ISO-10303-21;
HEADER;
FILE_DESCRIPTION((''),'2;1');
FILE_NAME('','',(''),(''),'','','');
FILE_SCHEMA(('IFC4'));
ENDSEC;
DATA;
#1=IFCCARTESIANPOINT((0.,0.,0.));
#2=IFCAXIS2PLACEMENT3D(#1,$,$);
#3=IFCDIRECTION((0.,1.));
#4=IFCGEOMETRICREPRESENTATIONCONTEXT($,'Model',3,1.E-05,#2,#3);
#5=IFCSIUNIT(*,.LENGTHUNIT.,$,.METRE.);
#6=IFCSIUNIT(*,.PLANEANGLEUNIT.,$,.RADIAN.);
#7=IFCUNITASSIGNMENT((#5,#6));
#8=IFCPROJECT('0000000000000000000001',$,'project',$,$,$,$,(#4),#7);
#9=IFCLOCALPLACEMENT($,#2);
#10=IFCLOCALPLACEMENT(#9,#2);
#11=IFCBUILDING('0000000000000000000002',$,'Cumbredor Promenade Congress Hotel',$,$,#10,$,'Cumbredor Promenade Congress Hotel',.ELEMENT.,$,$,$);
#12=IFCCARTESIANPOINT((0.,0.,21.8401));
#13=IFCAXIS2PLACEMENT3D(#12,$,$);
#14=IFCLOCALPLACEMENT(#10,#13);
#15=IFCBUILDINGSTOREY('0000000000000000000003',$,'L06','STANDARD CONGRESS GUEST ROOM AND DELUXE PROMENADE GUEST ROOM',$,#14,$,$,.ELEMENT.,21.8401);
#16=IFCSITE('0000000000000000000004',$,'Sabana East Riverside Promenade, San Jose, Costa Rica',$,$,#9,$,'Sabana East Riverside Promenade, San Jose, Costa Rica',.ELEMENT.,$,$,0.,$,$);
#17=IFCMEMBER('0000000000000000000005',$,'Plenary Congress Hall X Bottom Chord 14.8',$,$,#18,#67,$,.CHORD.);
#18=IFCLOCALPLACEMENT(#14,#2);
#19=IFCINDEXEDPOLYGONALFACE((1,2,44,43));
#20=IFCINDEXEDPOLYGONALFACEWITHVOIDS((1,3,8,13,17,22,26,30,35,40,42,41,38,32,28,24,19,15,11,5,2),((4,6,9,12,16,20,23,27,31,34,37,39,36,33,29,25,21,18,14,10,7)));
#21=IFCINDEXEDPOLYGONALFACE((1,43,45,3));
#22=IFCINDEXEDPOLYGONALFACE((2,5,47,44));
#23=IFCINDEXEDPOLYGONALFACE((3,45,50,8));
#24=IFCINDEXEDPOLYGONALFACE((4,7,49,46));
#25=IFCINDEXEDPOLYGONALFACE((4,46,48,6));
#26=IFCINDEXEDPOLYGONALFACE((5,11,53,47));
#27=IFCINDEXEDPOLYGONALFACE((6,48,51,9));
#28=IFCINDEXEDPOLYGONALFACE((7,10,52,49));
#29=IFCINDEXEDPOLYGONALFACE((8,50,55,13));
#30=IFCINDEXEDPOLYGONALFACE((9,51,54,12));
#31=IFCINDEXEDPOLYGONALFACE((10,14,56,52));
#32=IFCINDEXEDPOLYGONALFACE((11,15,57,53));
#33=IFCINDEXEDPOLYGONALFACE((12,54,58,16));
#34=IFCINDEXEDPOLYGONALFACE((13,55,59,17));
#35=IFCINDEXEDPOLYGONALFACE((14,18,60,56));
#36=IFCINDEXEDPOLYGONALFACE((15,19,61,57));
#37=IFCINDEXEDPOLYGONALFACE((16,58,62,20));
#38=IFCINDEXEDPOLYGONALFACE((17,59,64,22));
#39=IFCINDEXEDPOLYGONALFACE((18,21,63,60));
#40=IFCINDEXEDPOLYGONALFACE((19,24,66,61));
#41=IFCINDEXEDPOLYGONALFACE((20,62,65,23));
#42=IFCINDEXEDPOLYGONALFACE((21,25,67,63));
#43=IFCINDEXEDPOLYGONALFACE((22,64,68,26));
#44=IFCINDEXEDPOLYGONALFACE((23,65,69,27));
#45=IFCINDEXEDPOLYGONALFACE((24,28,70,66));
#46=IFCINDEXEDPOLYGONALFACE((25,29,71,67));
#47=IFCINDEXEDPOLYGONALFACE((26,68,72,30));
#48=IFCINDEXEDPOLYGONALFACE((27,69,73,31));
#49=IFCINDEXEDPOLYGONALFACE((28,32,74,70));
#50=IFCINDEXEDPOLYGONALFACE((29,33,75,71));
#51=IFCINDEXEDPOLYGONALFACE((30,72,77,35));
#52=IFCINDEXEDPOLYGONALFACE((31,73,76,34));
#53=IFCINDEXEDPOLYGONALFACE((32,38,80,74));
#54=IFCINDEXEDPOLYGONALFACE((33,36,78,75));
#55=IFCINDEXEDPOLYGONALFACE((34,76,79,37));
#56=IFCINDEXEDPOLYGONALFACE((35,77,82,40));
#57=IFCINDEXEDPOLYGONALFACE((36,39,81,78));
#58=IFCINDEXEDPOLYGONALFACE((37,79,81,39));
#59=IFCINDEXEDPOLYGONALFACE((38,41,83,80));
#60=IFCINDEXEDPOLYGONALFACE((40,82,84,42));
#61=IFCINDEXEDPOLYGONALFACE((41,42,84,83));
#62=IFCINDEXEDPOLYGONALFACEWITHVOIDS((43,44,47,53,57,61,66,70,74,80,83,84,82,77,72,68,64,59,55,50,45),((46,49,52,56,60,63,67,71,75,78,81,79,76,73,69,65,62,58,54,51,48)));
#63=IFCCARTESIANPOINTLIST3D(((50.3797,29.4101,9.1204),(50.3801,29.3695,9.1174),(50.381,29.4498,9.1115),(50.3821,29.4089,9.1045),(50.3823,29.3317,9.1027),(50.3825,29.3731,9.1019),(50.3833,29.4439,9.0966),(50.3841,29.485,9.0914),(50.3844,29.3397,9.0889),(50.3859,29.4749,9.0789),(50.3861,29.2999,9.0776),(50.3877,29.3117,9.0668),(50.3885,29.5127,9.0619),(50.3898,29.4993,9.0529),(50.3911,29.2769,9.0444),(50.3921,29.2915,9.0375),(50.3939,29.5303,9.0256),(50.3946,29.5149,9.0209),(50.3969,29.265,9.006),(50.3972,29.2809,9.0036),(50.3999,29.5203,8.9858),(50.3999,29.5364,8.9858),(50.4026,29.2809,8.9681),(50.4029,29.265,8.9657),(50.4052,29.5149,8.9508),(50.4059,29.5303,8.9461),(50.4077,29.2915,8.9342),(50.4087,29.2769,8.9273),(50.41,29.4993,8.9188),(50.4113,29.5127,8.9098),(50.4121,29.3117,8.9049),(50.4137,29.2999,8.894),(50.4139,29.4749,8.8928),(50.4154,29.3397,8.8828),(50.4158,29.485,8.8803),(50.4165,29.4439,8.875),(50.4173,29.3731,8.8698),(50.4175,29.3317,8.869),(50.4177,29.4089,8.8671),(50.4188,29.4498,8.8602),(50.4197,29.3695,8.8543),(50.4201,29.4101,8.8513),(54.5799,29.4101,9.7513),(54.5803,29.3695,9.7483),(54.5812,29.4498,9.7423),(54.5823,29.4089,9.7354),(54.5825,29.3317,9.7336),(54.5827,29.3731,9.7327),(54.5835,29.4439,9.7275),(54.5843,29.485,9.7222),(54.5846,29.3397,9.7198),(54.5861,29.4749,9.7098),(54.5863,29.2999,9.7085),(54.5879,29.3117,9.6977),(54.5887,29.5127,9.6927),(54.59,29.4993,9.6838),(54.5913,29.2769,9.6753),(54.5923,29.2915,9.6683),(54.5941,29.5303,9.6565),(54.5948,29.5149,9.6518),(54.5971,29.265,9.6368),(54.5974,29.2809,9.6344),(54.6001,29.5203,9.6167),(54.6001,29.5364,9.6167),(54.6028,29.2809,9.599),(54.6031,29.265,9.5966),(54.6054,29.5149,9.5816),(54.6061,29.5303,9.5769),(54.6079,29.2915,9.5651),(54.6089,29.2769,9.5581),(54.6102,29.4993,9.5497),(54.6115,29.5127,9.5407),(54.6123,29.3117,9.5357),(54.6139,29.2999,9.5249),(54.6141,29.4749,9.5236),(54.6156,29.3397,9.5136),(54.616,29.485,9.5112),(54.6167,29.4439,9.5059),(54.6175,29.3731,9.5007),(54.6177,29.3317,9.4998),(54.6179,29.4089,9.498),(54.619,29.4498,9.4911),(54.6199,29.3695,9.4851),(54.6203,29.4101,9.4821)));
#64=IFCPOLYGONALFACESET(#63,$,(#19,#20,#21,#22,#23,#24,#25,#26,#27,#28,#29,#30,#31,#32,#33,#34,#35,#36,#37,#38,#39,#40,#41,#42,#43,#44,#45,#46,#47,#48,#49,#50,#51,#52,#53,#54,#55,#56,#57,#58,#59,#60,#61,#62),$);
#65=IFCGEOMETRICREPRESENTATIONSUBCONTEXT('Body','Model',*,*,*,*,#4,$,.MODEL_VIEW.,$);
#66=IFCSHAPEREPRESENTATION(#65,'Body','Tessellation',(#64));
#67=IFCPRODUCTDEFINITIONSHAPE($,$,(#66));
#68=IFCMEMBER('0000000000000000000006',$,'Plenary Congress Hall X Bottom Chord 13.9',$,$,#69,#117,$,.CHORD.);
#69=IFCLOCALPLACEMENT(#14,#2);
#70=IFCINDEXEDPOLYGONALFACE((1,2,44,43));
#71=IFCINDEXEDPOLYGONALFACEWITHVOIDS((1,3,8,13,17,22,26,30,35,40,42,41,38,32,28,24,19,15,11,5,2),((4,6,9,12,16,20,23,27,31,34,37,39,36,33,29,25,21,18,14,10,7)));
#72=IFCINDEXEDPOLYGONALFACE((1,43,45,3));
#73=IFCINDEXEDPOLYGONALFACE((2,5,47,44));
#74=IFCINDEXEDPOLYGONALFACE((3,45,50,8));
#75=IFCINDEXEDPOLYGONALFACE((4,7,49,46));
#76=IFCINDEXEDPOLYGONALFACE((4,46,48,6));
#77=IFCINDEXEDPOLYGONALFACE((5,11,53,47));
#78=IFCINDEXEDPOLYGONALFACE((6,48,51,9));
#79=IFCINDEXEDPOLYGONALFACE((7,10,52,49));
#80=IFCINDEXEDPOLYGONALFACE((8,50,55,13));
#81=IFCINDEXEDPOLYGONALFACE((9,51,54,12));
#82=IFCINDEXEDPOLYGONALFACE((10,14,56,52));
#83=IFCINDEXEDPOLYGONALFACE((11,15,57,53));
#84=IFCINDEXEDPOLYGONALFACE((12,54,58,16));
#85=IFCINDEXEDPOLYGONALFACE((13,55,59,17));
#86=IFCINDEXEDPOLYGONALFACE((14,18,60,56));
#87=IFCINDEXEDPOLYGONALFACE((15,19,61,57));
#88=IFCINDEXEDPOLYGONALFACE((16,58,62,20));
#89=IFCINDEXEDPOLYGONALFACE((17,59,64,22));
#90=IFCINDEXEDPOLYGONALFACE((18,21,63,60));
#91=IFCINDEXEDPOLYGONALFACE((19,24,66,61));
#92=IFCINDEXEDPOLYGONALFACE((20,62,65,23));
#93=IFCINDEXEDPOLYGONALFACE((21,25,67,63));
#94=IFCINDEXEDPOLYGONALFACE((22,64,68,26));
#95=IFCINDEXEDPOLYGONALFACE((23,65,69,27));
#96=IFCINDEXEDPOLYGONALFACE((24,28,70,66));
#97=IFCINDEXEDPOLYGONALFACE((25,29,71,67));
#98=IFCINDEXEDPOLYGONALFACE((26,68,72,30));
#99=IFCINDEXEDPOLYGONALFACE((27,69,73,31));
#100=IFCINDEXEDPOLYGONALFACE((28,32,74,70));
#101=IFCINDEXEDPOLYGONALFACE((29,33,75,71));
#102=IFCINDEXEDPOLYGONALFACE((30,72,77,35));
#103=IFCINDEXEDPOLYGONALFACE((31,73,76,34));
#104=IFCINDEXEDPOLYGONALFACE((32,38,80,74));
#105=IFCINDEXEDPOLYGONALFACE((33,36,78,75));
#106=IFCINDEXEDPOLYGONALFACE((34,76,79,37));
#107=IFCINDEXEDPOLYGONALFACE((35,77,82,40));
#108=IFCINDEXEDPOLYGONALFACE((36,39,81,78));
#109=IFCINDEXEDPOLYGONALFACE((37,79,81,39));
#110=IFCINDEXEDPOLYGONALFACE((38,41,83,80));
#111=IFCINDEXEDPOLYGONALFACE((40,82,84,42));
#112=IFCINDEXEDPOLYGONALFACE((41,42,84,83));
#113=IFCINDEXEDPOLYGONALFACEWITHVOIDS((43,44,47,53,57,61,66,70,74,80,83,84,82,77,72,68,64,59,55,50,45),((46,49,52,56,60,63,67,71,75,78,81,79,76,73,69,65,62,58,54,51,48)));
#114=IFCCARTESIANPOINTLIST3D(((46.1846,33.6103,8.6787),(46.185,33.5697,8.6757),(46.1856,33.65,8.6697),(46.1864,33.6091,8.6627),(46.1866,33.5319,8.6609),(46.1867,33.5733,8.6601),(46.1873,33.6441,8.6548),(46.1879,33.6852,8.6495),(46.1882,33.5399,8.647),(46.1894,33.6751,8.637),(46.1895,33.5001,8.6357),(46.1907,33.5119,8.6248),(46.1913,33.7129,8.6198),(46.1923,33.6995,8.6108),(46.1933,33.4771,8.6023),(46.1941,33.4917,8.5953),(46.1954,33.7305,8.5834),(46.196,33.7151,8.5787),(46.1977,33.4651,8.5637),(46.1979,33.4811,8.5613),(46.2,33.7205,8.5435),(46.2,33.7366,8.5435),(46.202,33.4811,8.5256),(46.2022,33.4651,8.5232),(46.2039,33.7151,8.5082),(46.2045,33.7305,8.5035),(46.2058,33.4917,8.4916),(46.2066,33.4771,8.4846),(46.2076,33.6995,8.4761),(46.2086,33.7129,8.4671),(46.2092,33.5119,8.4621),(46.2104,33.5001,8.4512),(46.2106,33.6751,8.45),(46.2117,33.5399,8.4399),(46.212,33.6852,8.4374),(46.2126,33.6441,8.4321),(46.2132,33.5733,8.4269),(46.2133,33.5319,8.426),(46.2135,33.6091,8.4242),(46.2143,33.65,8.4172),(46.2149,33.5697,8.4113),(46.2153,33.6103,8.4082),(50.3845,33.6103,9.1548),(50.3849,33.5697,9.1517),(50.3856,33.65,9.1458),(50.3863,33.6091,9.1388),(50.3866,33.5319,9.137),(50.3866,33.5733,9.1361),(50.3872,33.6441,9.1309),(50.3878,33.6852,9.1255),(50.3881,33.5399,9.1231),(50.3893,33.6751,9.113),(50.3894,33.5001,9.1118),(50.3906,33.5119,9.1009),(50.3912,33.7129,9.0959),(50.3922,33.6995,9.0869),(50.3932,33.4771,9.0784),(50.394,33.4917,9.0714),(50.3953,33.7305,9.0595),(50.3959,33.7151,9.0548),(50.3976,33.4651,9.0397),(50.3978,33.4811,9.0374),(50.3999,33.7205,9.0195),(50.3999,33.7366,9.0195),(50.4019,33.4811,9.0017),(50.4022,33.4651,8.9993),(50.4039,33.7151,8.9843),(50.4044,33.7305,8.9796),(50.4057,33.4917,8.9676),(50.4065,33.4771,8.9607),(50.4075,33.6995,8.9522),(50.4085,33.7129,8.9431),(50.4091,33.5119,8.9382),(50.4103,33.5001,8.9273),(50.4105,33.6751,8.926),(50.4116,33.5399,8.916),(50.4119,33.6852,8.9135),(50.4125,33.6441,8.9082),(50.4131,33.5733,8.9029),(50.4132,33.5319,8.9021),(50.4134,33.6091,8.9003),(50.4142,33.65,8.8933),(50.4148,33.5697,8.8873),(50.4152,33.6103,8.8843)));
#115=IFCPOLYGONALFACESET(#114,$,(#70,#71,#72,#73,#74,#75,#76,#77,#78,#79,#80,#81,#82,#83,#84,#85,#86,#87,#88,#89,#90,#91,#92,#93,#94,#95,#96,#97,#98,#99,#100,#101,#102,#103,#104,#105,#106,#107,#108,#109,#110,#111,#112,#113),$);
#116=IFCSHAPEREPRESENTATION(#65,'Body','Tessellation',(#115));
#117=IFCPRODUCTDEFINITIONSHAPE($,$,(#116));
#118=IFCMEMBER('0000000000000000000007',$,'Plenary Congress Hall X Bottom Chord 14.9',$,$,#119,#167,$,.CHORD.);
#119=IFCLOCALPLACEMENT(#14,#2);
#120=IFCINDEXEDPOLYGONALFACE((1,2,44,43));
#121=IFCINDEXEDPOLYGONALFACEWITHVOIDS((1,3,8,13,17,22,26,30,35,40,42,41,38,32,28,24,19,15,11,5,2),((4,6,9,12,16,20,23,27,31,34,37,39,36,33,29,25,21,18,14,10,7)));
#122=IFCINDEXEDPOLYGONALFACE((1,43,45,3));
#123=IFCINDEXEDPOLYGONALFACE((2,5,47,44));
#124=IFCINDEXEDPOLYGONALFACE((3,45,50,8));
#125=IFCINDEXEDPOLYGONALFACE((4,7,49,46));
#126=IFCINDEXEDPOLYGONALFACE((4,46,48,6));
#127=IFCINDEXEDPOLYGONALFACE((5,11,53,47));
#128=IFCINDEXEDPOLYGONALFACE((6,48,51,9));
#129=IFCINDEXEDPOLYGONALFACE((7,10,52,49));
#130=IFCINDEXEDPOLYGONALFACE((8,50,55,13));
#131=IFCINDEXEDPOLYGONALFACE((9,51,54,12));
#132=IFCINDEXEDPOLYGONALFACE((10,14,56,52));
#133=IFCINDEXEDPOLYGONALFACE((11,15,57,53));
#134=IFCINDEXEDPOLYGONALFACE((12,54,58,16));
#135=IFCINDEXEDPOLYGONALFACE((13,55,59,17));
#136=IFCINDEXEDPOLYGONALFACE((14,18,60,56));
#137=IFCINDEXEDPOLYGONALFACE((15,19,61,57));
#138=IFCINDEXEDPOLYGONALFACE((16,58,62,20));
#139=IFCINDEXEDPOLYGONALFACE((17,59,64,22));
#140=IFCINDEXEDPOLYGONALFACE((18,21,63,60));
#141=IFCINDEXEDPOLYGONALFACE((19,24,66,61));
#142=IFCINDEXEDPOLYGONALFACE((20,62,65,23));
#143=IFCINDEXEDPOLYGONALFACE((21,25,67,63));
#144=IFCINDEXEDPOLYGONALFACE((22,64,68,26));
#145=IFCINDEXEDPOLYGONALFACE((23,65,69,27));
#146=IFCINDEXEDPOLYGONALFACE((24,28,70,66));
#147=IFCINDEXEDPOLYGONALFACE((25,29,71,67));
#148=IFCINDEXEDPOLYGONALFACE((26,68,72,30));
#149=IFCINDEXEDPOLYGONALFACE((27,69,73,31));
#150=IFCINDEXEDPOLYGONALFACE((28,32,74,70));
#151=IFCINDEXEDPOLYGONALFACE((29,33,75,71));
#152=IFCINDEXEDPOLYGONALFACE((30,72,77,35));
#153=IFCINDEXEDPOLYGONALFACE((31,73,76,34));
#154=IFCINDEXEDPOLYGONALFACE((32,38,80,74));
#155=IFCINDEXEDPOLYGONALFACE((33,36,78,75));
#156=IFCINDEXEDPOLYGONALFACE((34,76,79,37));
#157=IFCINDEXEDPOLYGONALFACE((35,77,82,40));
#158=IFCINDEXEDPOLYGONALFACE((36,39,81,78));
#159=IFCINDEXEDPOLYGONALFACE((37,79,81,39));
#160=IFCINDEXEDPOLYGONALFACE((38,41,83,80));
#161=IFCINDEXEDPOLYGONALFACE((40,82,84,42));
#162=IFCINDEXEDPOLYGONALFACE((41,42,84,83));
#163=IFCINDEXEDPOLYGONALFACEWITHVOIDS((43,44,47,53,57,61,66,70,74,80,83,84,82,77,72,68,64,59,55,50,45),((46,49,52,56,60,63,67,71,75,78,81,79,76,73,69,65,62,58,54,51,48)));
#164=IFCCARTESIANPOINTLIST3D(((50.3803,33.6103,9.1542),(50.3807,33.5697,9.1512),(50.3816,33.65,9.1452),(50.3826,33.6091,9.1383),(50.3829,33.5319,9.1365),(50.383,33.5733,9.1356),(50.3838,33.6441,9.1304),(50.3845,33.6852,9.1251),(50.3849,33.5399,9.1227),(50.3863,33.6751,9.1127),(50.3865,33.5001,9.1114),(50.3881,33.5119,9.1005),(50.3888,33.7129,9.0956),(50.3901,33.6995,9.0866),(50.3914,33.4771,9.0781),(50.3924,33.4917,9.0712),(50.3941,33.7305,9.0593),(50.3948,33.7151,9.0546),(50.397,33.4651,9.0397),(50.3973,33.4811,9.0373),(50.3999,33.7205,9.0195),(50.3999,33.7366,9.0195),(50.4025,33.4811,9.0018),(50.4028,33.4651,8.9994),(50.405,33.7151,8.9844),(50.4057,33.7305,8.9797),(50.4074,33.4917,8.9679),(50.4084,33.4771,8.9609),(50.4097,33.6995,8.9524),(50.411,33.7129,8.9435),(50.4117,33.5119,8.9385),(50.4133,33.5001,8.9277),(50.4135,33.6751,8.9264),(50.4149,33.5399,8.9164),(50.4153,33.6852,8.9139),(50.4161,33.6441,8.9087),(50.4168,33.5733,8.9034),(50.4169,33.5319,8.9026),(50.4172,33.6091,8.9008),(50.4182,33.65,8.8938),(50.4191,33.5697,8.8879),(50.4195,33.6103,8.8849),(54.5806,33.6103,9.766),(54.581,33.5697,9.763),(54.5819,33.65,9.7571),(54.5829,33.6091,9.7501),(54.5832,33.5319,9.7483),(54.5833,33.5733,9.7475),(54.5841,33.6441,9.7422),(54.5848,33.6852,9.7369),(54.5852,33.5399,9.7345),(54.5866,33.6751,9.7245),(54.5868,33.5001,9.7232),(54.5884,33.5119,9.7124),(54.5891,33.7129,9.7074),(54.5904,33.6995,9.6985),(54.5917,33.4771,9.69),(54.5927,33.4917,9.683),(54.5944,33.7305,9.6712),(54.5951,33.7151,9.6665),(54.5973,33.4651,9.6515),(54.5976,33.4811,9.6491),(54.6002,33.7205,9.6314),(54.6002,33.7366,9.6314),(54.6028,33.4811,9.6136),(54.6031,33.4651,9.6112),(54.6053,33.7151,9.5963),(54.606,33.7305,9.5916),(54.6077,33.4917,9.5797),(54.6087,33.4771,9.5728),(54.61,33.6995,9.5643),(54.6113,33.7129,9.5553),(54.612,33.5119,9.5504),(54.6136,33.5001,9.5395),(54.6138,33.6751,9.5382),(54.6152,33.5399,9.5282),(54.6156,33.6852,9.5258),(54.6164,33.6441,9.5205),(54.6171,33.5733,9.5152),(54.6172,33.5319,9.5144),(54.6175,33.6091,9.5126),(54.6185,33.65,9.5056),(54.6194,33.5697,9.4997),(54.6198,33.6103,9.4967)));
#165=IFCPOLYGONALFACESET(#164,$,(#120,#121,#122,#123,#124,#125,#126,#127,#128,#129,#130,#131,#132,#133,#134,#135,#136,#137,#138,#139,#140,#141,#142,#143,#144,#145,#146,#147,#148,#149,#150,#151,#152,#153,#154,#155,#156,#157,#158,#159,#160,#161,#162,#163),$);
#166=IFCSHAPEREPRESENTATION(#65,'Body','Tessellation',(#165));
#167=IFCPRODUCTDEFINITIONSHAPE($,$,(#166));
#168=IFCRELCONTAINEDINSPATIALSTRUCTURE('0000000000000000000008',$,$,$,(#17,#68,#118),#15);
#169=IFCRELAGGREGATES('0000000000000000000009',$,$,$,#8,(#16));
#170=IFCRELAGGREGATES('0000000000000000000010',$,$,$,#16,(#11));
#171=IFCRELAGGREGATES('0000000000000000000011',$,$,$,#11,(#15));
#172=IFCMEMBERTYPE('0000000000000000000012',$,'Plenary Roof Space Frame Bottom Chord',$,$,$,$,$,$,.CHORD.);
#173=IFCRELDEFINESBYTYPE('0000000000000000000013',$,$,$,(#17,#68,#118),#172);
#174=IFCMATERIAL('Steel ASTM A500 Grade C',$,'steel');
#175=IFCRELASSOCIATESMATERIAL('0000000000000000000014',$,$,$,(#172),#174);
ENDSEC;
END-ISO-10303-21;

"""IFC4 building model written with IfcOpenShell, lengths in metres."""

from ifc_helpers import new_model, si_unit, direction, frame, origin, origin_2d, place, context, subcontext, project, spatial, hollow_circle, extrude, material, material_profile, profile_set, type_object, element, save


model = new_model("IFC4")

# Units and contexts
model_context = context("Model", 3, precision=1e-05, world=origin(), true_north=direction((0.0, 1.0)))
body_context = subcontext(model_context, "Body", "Model", "MODEL_VIEW")
ifc_project = project(units=[si_unit("LENGTHUNIT", "METRE"), si_unit("PLANEANGLEUNIT", "RADIAN")], contexts=[model_context])

# Site, building, storey
site_placement = place(None, origin())
site = spatial("IfcSite", under=ifc_project, at=site_placement, Name="Sabana East Riverside Promenade, San Jose, Costa Rica", LongName="Sabana East Riverside Promenade, San Jose, Costa Rica", CompositionType="ELEMENT", RefElevation=0.0)
building_placement = place(site_placement, origin())
building = spatial("IfcBuilding", under=site, at=building_placement, Name="Cumbredor Promenade Congress Hotel", LongName="Cumbredor Promenade Congress Hotel", CompositionType="ELEMENT")
storey_placement = place(building_placement, frame((0.0, 0.0, 21.8401)))
storey = spatial("IfcBuildingStorey", under=building, at=storey_placement, Name="L06", Description="STANDARD CONGRESS GUEST ROOM AND DELUXE PROMENADE GUEST ROOM", CompositionType="ELEMENT", Elevation=21.8401)

# Members
ifc_material_1 = material(Name="Steel ASTM A500 Grade C", Category="steel")
ifc_material_profile_1 = material_profile(ifc_material_1, hollow_circle(Radius=0.1365, WallThickness=0.0161, at=origin_2d()), Name="CHS 273.0x16")
ifc_profile_set_1 = profile_set([ifc_material_profile_1], Name="Steel ASTM A500 Grade C")
member_type_1 = type_object("IfcMemberType", Name="Plenary Roof Space Frame Bottom Chord", PredefinedType="CHORD", material=ifc_profile_set_1)
member_1_placement = place(storey_placement, frame((50.3999, 29.3999, 8.9858), z_axis=(0.988908, 0.0, 0.148532), x_axis=(0.0, 1.0, 0.0)))
element("IfcMember", 1, at=member_1_placement, inside=storey, type_object=member_type_1, Name="Plenary Congress Hall X Bottom Chord 14.8", PredefinedType="CHORD", context=body_context, shape_type="SweptSolid", body=[
    extrude(hollow_circle(Radius=0.1365, WallThickness=0.0161, at=origin_2d()), origin(), (0.0, 0.0, 1.0), 4.2473),
])
member_2_placement = place(storey_placement, frame((46.2, 33.6001, 8.5435), z_axis=(0.993637, 0.0, 0.112631), x_axis=(0.0, 1.0, 0.0)))
element("IfcMember", 2, at=member_2_placement, inside=storey, type_object=member_type_1, Name="Plenary Congress Hall X Bottom Chord 13.9", PredefinedType="CHORD", context=body_context, shape_type="SweptSolid", body=[
    extrude(hollow_circle(Radius=0.1365, WallThickness=0.0161, at=origin_2d()), origin(), (0.0, 0.0, 1.0), 4.2268),
])
member_3_placement = place(storey_placement, frame((50.3999, 33.6001, 9.0195), z_axis=(0.989557, 0.0, 0.144143), x_axis=(0.0, 1.0, 0.0)))
element("IfcMember", 3, at=member_3_placement, inside=storey, type_object=member_type_1, Name="Plenary Congress Hall X Bottom Chord 14.9", PredefinedType="CHORD", context=body_context, shape_type="SweptSolid", body=[
    extrude(hollow_circle(Radius=0.1365, WallThickness=0.0161, at=origin_2d()), origin(), (0.0, 0.0, 1.0), 4.2446),
])

save(model, "model.ifc")
